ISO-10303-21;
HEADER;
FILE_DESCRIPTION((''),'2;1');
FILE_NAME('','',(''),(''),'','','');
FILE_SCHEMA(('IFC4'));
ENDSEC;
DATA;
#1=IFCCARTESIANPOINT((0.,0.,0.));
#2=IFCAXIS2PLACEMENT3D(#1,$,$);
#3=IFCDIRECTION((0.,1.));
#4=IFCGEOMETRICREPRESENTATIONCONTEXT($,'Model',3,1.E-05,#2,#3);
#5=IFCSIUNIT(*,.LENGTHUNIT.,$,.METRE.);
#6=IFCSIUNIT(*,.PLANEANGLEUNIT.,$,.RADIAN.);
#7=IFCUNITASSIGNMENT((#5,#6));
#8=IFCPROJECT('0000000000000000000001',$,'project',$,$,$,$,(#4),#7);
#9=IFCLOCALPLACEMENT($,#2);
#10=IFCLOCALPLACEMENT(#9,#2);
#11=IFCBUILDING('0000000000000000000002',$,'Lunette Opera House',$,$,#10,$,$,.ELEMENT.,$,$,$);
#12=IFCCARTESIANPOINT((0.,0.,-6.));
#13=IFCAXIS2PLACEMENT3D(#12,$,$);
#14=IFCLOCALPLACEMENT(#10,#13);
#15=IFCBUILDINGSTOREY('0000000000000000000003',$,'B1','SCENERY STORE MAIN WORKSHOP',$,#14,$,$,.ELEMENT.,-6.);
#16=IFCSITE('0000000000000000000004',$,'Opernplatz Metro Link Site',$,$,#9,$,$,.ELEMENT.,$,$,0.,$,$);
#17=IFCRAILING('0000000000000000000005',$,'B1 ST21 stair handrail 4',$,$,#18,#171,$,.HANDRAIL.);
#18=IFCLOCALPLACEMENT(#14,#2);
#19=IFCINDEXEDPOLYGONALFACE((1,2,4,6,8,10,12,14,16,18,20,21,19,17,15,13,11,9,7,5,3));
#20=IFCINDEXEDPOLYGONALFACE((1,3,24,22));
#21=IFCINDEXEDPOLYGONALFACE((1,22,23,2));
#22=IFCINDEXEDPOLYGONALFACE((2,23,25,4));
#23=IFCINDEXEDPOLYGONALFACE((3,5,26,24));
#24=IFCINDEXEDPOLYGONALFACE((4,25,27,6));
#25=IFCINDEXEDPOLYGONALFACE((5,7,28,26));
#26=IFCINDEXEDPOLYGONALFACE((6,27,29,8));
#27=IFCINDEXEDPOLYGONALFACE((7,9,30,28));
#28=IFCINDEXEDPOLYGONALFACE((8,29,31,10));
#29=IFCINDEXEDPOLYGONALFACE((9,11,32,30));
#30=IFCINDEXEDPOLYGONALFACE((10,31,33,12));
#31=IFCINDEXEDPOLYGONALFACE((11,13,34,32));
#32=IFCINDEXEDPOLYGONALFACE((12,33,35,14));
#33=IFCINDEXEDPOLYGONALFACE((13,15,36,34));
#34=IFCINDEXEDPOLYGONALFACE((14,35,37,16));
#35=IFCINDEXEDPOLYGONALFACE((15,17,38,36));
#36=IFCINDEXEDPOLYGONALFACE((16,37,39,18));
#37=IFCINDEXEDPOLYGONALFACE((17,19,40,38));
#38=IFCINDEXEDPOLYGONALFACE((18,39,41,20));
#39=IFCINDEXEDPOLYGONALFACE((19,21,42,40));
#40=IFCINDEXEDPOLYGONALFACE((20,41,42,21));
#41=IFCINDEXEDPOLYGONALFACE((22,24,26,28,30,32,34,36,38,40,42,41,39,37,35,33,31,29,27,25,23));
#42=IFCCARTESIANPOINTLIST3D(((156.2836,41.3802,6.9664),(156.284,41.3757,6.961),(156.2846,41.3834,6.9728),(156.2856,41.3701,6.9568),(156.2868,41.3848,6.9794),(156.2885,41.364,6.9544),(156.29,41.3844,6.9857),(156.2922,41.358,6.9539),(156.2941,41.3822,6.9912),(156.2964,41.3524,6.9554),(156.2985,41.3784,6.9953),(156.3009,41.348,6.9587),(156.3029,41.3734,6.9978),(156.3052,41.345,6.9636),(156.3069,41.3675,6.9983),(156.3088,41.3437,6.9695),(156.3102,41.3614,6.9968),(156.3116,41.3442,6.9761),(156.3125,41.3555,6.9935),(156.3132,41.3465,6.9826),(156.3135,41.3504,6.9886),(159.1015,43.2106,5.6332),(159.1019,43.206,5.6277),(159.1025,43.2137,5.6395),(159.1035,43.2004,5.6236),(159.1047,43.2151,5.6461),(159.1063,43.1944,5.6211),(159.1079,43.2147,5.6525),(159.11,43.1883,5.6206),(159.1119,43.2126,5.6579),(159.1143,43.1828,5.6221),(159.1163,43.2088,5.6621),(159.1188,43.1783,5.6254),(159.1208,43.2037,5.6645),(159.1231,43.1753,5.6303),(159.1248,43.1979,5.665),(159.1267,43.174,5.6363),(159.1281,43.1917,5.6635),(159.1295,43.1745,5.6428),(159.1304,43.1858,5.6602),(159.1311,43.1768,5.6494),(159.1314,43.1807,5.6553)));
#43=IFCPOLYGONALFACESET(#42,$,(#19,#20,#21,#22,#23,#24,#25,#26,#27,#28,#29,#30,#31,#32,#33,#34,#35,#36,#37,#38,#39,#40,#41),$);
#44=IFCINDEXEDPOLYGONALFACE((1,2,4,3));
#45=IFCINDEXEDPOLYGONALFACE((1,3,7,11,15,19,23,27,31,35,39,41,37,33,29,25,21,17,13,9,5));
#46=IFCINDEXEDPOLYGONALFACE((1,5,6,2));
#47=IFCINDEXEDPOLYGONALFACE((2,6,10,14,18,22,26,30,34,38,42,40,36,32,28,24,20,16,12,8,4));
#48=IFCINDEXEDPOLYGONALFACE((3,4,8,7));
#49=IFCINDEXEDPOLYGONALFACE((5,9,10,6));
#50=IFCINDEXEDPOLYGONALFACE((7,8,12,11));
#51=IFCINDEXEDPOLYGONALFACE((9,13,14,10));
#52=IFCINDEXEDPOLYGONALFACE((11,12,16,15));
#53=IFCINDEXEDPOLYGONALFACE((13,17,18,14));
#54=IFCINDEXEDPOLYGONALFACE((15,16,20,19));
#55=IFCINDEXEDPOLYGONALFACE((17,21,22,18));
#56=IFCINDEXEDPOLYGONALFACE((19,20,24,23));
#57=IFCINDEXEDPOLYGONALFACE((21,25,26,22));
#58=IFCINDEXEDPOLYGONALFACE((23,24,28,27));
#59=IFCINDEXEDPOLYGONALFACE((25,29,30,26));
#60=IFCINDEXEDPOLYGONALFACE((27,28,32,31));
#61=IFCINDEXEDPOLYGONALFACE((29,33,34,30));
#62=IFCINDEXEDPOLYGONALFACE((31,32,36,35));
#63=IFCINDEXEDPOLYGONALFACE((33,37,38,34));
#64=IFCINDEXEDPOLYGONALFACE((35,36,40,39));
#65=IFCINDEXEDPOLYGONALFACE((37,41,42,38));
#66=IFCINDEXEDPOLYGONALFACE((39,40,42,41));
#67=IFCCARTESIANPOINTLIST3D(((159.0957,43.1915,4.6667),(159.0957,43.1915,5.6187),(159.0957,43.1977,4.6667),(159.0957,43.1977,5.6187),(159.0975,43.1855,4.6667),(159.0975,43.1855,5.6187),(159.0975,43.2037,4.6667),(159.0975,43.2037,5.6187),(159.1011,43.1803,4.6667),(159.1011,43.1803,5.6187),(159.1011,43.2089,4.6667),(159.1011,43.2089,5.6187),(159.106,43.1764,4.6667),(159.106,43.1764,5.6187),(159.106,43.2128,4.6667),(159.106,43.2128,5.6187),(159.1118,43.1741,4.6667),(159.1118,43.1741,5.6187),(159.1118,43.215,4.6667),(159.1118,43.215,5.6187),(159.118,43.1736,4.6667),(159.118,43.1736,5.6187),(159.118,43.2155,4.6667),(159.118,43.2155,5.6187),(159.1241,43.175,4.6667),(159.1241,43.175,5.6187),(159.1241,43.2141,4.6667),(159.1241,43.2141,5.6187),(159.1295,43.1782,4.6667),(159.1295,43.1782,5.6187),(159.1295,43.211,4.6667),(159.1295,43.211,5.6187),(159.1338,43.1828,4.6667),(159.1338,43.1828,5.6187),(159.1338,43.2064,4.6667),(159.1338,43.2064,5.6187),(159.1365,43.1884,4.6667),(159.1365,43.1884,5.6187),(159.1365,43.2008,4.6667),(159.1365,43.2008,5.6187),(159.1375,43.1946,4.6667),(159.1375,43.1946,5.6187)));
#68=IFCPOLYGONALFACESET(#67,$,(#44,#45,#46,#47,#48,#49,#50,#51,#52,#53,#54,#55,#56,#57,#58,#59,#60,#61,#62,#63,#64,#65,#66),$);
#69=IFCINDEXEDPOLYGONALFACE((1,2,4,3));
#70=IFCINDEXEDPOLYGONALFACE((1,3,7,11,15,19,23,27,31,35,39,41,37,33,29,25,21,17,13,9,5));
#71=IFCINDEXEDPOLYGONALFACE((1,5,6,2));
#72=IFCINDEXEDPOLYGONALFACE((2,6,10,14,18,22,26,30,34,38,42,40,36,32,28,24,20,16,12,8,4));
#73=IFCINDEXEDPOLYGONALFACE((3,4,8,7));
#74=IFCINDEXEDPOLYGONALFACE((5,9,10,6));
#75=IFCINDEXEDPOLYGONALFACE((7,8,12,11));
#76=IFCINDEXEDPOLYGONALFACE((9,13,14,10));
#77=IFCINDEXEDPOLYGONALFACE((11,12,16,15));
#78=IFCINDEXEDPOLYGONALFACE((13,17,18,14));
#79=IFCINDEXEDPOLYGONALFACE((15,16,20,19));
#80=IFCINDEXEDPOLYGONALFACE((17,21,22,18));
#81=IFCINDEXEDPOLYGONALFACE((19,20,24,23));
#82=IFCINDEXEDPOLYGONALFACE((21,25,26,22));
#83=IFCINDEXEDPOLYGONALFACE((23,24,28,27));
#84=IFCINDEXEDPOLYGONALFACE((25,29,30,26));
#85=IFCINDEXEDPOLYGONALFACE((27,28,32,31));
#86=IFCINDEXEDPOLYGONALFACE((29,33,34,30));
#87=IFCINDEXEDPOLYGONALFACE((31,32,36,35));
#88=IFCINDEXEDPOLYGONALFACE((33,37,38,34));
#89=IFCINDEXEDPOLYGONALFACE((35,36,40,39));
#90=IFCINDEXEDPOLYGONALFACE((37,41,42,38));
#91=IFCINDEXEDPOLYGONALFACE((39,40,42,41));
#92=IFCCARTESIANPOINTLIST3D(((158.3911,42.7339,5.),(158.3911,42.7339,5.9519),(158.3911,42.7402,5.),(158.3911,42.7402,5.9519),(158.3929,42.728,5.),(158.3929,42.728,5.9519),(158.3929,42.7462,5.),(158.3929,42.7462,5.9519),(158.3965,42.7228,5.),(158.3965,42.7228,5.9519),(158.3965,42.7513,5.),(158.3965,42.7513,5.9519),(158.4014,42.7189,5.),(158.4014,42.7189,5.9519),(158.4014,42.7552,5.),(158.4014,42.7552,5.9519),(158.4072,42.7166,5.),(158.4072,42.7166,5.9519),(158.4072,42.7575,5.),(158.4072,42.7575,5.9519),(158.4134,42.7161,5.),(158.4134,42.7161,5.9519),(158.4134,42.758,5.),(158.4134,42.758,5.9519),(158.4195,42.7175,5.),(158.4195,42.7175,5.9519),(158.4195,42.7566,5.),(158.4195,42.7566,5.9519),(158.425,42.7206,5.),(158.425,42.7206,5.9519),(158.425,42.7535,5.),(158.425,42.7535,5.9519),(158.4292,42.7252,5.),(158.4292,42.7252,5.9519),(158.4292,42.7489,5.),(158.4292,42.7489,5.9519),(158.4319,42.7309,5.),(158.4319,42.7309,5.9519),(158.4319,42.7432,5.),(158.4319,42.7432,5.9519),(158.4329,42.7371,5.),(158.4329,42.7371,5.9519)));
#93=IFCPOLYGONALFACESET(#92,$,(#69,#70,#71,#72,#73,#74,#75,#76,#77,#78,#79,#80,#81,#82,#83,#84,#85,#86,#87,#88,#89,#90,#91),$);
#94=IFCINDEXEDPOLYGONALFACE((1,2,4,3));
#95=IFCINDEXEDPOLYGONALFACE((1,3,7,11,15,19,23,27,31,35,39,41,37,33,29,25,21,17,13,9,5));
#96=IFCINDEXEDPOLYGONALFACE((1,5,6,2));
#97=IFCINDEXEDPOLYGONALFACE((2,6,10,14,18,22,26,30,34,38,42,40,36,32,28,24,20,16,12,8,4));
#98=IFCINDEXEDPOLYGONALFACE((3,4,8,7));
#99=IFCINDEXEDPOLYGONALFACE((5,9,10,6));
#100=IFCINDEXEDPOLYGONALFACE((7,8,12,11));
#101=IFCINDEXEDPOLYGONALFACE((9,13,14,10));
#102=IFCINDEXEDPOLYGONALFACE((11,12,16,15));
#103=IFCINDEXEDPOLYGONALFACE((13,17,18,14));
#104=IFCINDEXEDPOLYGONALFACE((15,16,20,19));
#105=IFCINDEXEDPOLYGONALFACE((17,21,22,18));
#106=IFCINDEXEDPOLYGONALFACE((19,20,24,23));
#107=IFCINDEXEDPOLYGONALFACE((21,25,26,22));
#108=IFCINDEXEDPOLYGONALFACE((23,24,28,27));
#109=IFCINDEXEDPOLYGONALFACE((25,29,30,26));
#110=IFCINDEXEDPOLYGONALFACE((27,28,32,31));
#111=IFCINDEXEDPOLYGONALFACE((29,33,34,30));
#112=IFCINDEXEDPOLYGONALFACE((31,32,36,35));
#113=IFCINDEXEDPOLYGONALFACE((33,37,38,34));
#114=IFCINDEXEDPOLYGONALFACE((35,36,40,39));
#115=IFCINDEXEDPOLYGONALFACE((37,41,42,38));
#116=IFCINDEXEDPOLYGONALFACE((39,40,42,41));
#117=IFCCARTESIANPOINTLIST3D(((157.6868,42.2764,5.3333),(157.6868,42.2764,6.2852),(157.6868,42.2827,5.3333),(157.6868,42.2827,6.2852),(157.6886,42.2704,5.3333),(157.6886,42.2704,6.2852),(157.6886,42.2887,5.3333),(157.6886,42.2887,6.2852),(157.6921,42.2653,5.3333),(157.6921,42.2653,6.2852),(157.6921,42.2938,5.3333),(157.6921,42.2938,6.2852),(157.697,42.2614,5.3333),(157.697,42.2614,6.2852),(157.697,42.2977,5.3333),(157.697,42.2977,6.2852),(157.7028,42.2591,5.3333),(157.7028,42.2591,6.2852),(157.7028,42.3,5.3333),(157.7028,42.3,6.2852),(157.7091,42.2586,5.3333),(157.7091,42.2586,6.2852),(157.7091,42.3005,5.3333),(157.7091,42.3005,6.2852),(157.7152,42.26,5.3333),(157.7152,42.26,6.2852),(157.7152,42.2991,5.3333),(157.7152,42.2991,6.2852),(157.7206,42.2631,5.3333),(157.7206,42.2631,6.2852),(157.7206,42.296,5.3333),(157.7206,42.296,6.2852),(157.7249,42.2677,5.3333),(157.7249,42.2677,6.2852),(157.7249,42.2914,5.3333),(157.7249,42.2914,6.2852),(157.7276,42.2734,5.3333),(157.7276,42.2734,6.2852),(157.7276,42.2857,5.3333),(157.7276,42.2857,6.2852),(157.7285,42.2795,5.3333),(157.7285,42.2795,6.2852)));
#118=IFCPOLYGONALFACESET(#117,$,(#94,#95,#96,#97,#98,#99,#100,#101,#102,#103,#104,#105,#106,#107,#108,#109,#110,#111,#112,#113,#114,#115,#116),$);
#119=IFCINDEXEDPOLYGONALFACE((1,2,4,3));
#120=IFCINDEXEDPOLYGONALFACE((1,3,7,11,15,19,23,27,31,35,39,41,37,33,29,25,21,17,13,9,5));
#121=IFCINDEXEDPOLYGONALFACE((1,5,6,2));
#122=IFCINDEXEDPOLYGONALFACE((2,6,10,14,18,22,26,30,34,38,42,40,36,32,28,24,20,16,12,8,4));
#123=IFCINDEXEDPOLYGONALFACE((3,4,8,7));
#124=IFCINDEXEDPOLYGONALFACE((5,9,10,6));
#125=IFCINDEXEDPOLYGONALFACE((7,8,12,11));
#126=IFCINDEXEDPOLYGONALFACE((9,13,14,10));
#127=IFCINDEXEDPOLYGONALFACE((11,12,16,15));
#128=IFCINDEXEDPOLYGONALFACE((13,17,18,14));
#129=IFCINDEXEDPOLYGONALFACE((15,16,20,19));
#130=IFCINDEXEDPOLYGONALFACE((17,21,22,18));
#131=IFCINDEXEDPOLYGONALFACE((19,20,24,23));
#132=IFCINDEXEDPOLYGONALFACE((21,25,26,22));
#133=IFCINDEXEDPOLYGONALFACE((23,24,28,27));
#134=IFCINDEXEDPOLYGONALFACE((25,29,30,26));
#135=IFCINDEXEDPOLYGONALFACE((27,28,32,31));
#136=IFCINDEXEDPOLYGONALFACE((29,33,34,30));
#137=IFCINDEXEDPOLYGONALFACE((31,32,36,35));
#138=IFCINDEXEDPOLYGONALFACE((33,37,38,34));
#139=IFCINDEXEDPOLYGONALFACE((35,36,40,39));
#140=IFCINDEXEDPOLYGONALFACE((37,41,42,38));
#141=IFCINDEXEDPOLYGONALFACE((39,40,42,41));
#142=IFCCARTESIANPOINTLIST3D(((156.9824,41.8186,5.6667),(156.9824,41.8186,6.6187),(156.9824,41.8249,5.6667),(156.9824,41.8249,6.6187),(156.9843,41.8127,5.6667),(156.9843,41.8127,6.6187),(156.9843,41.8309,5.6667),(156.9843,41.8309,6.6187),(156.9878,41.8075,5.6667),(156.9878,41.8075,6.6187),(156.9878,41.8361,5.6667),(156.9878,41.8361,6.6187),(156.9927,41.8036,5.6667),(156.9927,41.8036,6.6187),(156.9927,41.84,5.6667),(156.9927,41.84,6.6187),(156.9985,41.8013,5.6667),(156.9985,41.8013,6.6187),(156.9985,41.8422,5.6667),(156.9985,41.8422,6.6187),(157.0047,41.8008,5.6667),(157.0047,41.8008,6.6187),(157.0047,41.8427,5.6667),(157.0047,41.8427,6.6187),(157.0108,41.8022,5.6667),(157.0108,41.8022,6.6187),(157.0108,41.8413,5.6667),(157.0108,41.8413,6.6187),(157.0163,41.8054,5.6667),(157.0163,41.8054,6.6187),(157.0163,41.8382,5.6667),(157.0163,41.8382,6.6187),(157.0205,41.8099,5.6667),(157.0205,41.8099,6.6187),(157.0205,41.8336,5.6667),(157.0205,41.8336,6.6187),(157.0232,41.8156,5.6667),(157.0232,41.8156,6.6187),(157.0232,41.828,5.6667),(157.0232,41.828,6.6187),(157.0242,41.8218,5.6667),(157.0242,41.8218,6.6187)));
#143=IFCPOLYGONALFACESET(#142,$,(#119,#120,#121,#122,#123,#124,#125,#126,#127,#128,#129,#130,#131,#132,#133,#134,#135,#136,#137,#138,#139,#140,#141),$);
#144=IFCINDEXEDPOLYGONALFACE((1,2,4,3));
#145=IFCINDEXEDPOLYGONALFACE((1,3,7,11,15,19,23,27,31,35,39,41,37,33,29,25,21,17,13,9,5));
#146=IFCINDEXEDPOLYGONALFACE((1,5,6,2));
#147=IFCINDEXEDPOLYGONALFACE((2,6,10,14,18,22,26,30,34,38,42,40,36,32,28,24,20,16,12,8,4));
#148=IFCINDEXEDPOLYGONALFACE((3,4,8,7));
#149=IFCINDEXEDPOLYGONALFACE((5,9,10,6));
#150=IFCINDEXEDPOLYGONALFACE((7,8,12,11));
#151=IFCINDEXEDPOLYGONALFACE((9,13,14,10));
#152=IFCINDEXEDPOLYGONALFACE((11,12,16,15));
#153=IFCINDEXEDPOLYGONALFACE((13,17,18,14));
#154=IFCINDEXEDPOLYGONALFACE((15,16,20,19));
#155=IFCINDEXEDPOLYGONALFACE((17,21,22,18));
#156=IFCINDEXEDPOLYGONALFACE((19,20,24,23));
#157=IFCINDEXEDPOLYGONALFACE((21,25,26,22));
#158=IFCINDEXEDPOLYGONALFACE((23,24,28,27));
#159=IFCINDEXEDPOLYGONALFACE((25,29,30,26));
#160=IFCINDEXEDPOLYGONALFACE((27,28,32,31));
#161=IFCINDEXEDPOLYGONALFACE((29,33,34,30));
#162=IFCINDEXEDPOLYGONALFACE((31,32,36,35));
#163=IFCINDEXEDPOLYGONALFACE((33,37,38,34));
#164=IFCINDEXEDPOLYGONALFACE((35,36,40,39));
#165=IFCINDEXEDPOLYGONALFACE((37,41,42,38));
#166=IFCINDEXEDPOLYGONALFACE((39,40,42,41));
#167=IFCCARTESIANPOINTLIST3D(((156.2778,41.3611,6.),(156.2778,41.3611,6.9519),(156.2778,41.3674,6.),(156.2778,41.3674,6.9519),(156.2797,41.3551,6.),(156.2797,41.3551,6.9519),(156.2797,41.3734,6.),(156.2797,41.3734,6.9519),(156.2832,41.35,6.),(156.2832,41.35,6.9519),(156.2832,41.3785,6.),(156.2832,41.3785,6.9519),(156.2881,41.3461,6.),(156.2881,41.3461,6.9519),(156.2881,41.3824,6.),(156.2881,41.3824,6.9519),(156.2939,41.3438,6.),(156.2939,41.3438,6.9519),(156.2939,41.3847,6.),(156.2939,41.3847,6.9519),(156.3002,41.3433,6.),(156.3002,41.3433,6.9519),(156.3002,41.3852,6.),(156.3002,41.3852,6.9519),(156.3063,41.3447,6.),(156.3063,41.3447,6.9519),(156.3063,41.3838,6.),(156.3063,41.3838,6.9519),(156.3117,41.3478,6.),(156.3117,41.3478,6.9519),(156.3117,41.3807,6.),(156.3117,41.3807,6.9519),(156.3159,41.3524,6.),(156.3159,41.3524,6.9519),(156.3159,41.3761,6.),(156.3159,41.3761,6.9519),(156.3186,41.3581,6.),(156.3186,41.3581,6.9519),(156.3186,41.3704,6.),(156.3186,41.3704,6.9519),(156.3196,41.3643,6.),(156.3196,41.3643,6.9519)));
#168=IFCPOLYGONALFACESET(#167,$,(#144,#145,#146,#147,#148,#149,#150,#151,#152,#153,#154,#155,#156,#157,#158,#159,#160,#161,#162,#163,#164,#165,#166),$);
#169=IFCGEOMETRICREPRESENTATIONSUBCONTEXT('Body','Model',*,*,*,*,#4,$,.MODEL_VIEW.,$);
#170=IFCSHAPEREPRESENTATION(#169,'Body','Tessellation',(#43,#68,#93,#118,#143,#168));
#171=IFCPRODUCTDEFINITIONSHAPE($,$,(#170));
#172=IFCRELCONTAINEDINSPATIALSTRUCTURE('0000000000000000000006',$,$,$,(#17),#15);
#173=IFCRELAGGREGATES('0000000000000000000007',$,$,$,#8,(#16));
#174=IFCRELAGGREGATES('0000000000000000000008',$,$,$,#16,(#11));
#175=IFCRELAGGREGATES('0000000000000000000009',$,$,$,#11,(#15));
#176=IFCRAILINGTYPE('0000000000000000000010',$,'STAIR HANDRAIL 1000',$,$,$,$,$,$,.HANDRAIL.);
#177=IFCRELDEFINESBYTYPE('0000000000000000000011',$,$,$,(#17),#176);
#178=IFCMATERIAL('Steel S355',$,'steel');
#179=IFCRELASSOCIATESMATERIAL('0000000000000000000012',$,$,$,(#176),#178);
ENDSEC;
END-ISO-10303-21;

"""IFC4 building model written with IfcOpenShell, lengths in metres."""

from ifc_helpers import new_model, si_unit, direction, frame, origin, origin_2d, place, context, subcontext, project, spatial, circle, extrude, material, type_object, element, save


model = new_model("IFC4")

# Units and contexts
model_context = context("Model", 3, precision=1e-05, world=origin(), true_north=direction((0.0, 1.0)))
body_context = subcontext(model_context, "Body", "Model", "MODEL_VIEW")
ifc_project = project(units=[si_unit("LENGTHUNIT", "METRE"), si_unit("PLANEANGLEUNIT", "RADIAN")], contexts=[model_context])

# Site, building, storey
site_placement = place(None, origin())
site = spatial("IfcSite", under=ifc_project, at=site_placement, Name="Opernplatz Metro Link Site", CompositionType="ELEMENT", RefElevation=0.0)
building_placement = place(site_placement, origin())
building = spatial("IfcBuilding", under=site, at=building_placement, Name="Lunette Opera House", CompositionType="ELEMENT")
storey_placement = place(building_placement, frame((0.0, 0.0, -6.0)))
storey = spatial("IfcBuildingStorey", under=building, at=storey_placement, Name="B1", Description="SCENERY STORE MAIN WORKSHOP", CompositionType="ELEMENT", Elevation=-6.0)

# Railing
ifc_material_1 = material(Name="Steel S355", Category="steel")
railing_type_1 = type_object("IfcRailingType", Name="STAIR HANDRAIL 1000", PredefinedType="HANDRAIL", material=ifc_material_1)
for number, where, name in (
    (1, (159.1165, 43.1946, 4.6667), "B1 ST21 stair handrail 4"),
):
    element("IfcRailing", number, at=place(storey_placement, frame(where)), inside=storey, type_object=railing_type_1, Name=name, PredefinedType="HANDRAIL", context=body_context, shape_type="SweptSolid", body=[
        extrude(circle(Radius=0.0239, at=origin_2d()), frame((0.0, 0.0, 0.9761), z_axis=(-0.7795, -0.506317, 0.368814), x_axis=(0.544718, -0.83862, 0.0)), (0.0, 0.0, 1.0), 3.615),
        extrude(circle(Radius=0.021, at=origin_2d()), origin(), (0.0, 0.0, 1.0), 0.9519),
        extrude(circle(Radius=0.021, at=origin_2d()), frame((-0.7046, -0.4575, 0.3333)), (0.0, 0.0, 1.0), 0.9519),
        extrude(circle(Radius=0.021, at=origin_2d()), frame((-1.4089, -0.915, 0.6665)), (0.0, 0.0, 1.0), 0.9519),
        extrude(circle(Radius=0.021, at=origin_2d()), frame((-2.1133, -1.3728, 1.0)), (0.0, 0.0, 1.0), 0.9519),
        extrude(circle(Radius=0.021, at=origin_2d()), frame((-2.8179, -1.8303, 1.3333)), (0.0, 0.0, 1.0), 0.9519),
    ])

save(model, "model.ifc")
